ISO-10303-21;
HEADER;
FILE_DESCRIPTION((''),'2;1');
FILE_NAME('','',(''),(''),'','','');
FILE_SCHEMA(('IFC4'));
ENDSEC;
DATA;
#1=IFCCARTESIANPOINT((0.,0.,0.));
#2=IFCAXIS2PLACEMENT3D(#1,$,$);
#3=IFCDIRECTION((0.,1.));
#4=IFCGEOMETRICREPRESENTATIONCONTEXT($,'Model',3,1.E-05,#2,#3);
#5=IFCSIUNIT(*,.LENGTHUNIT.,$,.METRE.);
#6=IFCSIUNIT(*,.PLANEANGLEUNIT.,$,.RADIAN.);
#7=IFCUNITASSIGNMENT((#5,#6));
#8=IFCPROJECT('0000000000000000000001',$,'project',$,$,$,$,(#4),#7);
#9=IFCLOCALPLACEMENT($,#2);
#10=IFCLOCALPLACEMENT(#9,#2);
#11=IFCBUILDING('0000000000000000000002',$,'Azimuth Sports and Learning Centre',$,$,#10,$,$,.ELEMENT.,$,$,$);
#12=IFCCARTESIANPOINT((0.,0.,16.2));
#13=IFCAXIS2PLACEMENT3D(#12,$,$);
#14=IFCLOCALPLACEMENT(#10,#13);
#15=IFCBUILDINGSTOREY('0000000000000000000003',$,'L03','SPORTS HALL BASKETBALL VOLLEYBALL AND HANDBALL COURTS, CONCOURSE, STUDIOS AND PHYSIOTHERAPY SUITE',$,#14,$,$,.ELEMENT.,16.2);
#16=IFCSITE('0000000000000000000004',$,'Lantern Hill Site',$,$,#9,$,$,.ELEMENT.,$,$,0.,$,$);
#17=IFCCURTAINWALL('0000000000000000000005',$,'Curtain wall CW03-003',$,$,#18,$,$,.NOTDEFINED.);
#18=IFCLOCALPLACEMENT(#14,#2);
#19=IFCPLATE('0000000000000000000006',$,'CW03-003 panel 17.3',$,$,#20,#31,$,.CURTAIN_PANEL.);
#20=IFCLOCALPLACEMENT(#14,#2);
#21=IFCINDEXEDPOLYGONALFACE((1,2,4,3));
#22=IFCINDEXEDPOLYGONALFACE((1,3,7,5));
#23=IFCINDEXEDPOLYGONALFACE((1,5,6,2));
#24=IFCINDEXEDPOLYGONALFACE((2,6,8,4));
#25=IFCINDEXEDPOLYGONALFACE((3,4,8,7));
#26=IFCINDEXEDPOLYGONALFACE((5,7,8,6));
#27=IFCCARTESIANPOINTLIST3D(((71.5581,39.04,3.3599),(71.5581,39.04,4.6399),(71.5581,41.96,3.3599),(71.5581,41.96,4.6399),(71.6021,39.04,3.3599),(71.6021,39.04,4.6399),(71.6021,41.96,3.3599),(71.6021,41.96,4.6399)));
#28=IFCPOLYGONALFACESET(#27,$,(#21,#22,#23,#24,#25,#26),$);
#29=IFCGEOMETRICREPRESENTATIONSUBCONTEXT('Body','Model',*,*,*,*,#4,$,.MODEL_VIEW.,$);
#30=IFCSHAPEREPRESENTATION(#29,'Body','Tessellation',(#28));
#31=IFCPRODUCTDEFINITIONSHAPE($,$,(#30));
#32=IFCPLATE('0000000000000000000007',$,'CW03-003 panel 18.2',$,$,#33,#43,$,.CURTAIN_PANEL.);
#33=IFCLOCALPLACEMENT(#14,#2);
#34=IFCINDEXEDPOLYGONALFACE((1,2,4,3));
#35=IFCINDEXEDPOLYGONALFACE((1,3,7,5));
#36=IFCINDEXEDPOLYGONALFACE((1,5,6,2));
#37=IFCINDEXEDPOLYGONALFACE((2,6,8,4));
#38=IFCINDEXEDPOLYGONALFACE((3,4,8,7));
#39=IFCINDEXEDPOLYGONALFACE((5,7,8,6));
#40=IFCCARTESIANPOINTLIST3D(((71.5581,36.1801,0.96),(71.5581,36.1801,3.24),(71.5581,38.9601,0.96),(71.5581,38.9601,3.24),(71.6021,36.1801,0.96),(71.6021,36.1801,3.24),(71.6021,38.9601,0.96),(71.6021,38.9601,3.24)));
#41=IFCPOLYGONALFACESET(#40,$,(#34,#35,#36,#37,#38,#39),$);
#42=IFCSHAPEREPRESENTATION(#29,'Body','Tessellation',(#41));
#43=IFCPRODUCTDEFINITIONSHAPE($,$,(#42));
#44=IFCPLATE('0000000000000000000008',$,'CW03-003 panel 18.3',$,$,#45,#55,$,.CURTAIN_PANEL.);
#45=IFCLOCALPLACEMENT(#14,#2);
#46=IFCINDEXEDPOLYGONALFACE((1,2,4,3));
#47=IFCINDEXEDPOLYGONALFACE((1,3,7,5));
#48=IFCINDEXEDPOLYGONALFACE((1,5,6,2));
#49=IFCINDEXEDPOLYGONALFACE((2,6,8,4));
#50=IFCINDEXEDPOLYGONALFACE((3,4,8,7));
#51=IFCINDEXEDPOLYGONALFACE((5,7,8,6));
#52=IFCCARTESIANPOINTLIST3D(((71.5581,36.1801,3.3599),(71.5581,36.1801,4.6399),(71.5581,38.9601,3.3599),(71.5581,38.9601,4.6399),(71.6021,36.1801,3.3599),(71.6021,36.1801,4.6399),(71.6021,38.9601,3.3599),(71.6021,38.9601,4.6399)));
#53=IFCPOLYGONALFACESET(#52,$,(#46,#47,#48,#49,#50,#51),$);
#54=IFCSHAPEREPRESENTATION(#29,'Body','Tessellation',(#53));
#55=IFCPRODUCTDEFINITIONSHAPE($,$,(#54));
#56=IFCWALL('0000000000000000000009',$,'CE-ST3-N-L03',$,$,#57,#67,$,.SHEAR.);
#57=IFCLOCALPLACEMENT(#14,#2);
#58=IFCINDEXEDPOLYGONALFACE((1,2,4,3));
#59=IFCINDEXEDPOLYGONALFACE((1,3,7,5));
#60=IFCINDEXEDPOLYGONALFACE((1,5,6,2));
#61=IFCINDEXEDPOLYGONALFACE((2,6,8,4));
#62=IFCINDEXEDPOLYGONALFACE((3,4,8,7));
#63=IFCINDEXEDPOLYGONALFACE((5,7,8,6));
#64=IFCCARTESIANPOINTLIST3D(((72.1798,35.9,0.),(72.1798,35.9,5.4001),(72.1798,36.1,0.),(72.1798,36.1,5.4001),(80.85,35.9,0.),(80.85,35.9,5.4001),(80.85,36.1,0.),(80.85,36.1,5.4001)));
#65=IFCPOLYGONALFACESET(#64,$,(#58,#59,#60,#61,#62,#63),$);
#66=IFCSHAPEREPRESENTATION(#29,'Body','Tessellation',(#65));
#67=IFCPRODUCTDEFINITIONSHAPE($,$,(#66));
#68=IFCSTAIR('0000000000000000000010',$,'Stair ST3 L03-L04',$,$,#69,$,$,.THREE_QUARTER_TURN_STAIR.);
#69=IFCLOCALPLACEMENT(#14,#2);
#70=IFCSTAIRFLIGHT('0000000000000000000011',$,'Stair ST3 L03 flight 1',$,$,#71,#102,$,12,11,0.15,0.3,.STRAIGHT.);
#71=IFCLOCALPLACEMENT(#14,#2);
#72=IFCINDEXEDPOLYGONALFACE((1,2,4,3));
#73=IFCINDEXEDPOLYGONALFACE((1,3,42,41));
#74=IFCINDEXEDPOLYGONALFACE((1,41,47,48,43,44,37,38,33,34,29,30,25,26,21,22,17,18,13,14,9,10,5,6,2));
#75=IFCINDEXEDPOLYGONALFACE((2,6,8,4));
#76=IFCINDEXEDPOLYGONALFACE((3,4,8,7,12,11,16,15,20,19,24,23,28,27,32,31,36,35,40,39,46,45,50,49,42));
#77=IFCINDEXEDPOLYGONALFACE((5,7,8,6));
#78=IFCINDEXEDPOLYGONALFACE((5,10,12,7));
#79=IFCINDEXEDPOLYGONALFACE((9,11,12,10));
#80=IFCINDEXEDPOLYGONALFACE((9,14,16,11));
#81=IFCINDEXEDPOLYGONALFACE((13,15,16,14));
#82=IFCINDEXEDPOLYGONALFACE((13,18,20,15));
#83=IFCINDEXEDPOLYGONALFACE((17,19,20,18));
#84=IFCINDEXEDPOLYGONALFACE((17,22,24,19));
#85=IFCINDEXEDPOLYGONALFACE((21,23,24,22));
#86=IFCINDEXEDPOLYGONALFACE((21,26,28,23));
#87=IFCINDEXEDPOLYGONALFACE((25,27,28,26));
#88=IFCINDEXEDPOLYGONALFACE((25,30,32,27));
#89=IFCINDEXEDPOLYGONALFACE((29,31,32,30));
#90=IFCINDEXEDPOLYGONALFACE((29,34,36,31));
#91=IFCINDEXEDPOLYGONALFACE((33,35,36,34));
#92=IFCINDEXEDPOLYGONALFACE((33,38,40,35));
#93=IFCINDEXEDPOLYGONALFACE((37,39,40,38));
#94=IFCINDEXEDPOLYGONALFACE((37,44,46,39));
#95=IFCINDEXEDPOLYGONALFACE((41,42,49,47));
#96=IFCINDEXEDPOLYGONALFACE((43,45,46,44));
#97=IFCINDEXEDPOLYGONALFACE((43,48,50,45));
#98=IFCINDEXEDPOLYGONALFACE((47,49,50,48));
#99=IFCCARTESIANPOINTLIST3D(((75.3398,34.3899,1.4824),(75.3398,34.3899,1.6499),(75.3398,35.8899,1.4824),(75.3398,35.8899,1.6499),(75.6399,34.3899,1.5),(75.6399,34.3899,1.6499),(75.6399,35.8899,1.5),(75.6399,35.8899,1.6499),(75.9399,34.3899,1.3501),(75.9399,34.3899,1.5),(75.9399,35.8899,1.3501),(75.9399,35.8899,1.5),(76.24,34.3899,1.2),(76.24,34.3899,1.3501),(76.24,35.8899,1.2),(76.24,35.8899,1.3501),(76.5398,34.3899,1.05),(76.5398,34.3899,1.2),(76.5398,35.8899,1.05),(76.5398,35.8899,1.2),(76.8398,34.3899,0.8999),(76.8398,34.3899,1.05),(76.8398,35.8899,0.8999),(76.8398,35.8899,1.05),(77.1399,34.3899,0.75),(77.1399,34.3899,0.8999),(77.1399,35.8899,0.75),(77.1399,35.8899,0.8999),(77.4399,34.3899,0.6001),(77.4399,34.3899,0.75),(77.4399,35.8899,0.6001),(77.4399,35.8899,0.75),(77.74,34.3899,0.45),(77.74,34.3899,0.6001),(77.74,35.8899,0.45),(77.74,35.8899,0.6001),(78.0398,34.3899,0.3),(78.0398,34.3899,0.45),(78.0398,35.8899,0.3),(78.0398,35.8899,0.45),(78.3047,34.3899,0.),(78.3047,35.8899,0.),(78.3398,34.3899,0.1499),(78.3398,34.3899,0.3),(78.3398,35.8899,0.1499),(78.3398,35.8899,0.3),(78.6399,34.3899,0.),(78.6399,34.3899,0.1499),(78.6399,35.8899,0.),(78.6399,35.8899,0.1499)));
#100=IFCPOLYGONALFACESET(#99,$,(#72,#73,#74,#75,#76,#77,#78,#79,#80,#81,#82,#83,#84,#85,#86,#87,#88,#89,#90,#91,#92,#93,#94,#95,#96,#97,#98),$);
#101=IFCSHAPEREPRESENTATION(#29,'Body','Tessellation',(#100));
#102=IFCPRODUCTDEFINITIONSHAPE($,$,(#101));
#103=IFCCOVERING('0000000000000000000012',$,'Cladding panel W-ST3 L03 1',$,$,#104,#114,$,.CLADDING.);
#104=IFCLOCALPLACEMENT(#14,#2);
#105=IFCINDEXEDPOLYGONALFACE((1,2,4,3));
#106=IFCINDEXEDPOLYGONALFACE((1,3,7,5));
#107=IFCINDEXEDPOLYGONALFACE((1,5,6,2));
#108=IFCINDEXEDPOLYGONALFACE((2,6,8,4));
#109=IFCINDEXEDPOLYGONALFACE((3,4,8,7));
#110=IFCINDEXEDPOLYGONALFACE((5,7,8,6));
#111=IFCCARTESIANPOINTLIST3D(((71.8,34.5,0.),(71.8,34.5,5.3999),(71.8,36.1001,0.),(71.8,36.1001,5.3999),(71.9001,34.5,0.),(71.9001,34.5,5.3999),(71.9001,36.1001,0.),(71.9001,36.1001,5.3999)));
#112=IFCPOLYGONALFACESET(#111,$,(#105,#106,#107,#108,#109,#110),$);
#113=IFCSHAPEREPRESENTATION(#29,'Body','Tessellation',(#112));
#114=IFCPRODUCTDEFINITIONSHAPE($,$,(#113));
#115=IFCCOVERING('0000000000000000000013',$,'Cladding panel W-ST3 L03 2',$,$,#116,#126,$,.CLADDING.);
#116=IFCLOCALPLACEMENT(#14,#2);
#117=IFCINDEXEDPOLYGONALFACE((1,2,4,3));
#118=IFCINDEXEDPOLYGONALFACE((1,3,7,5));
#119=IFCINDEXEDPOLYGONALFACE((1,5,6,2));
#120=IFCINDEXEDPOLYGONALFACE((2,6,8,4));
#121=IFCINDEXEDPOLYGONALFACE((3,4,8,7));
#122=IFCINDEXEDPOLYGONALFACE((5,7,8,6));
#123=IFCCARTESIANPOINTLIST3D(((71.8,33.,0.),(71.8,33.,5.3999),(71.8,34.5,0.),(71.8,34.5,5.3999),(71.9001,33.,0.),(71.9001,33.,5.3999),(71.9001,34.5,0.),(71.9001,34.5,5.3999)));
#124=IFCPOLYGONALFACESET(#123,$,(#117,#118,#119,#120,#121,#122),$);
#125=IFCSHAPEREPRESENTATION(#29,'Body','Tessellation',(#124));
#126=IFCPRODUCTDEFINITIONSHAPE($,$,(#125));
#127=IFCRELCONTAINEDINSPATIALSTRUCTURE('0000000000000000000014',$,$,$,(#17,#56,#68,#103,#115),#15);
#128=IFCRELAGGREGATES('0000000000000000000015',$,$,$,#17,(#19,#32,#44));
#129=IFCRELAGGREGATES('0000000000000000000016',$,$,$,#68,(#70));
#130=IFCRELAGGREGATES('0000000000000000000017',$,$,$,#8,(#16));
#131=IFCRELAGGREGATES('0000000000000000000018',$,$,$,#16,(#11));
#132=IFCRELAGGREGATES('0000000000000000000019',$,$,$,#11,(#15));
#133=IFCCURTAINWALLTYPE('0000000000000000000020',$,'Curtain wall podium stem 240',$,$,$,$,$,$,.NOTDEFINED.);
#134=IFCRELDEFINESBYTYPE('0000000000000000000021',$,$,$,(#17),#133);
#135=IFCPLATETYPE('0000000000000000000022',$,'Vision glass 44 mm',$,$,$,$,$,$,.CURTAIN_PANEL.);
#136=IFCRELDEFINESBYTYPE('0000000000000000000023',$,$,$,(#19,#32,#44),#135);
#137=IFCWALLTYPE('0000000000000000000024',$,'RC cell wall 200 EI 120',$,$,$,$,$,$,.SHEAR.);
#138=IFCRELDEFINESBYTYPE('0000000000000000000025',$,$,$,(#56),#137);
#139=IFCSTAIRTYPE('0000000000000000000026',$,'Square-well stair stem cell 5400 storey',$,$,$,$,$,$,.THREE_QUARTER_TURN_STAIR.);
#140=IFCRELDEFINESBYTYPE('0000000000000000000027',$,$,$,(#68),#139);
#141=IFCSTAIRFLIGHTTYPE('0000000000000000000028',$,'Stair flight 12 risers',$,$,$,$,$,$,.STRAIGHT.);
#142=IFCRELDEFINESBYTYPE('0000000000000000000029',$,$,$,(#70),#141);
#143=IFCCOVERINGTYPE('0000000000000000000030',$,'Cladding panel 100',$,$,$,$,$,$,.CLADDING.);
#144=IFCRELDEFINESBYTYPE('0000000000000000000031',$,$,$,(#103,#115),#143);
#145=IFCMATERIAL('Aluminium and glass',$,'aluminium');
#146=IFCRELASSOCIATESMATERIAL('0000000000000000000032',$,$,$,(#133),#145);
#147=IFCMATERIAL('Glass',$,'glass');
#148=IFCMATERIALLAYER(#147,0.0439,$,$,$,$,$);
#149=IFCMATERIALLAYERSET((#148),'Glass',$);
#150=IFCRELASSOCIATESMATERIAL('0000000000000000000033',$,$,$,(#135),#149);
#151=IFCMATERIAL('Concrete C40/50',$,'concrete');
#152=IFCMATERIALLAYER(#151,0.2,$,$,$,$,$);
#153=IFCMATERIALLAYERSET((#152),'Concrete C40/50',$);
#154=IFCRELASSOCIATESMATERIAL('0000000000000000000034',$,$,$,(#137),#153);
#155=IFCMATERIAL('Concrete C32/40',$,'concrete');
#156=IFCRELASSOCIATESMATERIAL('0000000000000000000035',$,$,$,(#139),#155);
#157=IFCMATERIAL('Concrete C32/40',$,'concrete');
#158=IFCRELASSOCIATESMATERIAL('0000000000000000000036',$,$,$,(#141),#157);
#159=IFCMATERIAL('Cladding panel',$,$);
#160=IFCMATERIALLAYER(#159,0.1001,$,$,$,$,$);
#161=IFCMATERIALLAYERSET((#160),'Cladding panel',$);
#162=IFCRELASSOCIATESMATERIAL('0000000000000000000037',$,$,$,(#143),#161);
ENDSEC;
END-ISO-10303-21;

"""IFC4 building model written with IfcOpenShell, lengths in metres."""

from ifc_helpers import new_model, si_unit, direction, frame, frame_2d, origin, origin_2d, place, context, subcontext, project, spatial, polyline, rectangle, outline, extrude, material, layer, layer_set, type_object, element, aggregate, save


model = new_model("IFC4")

# Units and contexts
model_context = context("Model", 3, precision=1e-05, world=origin(), true_north=direction((0.0, 1.0)))
body_context = subcontext(model_context, "Body", "Model", "MODEL_VIEW")
ifc_project = project(units=[si_unit("LENGTHUNIT", "METRE"), si_unit("PLANEANGLEUNIT", "RADIAN")], contexts=[model_context])

# Site, building, storey
site_placement = place(None, origin())
site = spatial("IfcSite", under=ifc_project, at=site_placement, Name="Lantern Hill Site", CompositionType="ELEMENT", RefElevation=0.0)
building_placement = place(site_placement, origin())
building = spatial("IfcBuilding", under=site, at=building_placement, Name="Azimuth Sports and Learning Centre", CompositionType="ELEMENT")
storey_placement = place(building_placement, frame((0.0, 0.0, 16.2)))
storey = spatial("IfcBuildingStorey", under=building, at=storey_placement, Name="L03", Description="SPORTS HALL BASKETBALL VOLLEYBALL AND HANDBALL COURTS, CONCOURSE, STUDIOS AND PHYSIOTHERAPY SUITE", CompositionType="ELEMENT", Elevation=16.2)

# Curtain wall, plates
ifc_material_1 = material(Name="Aluminium and glass", Category="aluminium")
curtain_wall_type = type_object("IfcCurtainWallType", Name="Curtain wall podium stem 240", PredefinedType="NOTDEFINED", material=ifc_material_1)
curtain_wall_placement = place(storey_placement, origin())
curtain_wall = element("IfcCurtainWall", 1, at=curtain_wall_placement, inside=storey, type_object=curtain_wall_type, Name="Curtain wall CW03-003", PredefinedType="NOTDEFINED")
ifc_material_2 = material(Name="Glass", Category="glass")
ifc_layer_1 = layer(ifc_material_2, 0.0439)
ifc_layer_set_1 = layer_set([ifc_layer_1], Name="Glass")
plate_type_1 = type_object("IfcPlateType", Name="Vision glass 44 mm", PredefinedType="CURTAIN_PANEL", material=ifc_layer_set_1)
plate_1_placement = place(storey_placement, frame((71.5801, 40.5, 3.3599), z_axis=(0.0, 0.0, 1.0), x_axis=(0.0, -1.0, 0.0)))
plate_1 = element("IfcPlate", 2, at=plate_1_placement, type_object=plate_type_1, Name="CW03-003 panel 17.3", PredefinedType="CURTAIN_PANEL", context=body_context, shape_type="SweptSolid", body=[
    extrude(rectangle(XDim=2.9199, YDim=0.0439, at=origin_2d()), origin(), (0.0, 0.0, 1.0), 1.28),
])
plate_2_placement = place(storey_placement, frame((71.5801, 37.5701, 0.96), z_axis=(0.0, 0.0, 1.0), x_axis=(0.0, -1.0, 0.0)))
plate_2 = element("IfcPlate", 3, at=plate_2_placement, type_object=plate_type_1, Name="CW03-003 panel 18.2", PredefinedType="CURTAIN_PANEL", context=body_context, shape_type="SweptSolid", body=[
    extrude(rectangle(XDim=2.78, YDim=0.0439, at=origin_2d()), origin(), (0.0, 0.0, 1.0), 2.28),
])
plate_3_placement = place(storey_placement, frame((71.5801, 37.5701, 3.3599), z_axis=(0.0, 0.0, 1.0), x_axis=(0.0, -1.0, 0.0)))
plate_3 = element("IfcPlate", 4, at=plate_3_placement, type_object=plate_type_1, Name="CW03-003 panel 18.3", PredefinedType="CURTAIN_PANEL", context=body_context, shape_type="SweptSolid", body=[
    extrude(rectangle(XDim=2.78, YDim=0.0439, at=origin_2d()), origin(), (0.0, 0.0, 1.0), 1.28),
])
aggregate(curtain_wall, [plate_1, plate_2, plate_3])

# Wall
ifc_material_3 = material(Name="Concrete C40/50", Category="concrete")
ifc_layer_2 = layer(ifc_material_3, 0.2)
ifc_layer_set_2 = layer_set([ifc_layer_2], Name="Concrete C40/50")
wall_type = type_object("IfcWallType", Name="RC cell wall 200 EI 120", PredefinedType="SHEAR", material=ifc_layer_set_2)
wall_placement = place(storey_placement, frame((72.1799, 36.0, 0.0), z_axis=(0.0, 0.0, 1.0), x_axis=(1.0, 0.0, 0.0)))
element("IfcWall", 5, at=wall_placement, inside=storey, type_object=wall_type, Name="CE-ST3-N-L03", PredefinedType="SHEAR", context=body_context, shape_type="SweptSolid", body=[
    extrude(rectangle(XDim=8.6702, YDim=0.2, at=frame_2d((4.335, 0.0))), origin(), (0.0, 0.0, 1.0), 5.4001),
])

# Stair, stair flight
ifc_material_4 = material(Name="Concrete C32/40", Category="concrete")
stair_type = type_object("IfcStairType", Name="Square-well stair stem cell 5400 storey", PredefinedType="THREE_QUARTER_TURN_STAIR", material=ifc_material_4)
stair_placement = place(storey_placement, origin())
stair = element("IfcStair", 6, at=stair_placement, inside=storey, type_object=stair_type, Name="Stair ST3 L03-L04", PredefinedType="THREE_QUARTER_TURN_STAIR")
ifc_material_5 = material(Name="Concrete C32/40", Category="concrete")
stair_flight_type = type_object("IfcStairFlightType", Name="Stair flight 12 risers", PredefinedType="STRAIGHT", material=ifc_material_5)
stair_flight_placement = place(storey_placement, frame((78.6399, 35.1399, 0.0), z_axis=(0.0, 0.0, 1.0), x_axis=(-1.0, 0.0, 0.0)))
stair_flight = element("IfcStairFlight", 7, at=stair_flight_placement, type_object=stair_flight_type, Name="Stair ST3 L03 flight 1", NumberOfRisers=12, NumberOfTreads=11, PredefinedType="STRAIGHT", RiserHeight=0.15, TreadLength=0.3, context=body_context, shape_type="SweptSolid", body=[
    extrude(outline(polyline([(0.0, 0.0), (0.0, 0.1499), (0.3, 0.1499), (0.3, 0.3), (0.6001, 0.3), (0.6001, 0.45), (0.8999, 0.45), (0.8999, 0.6001), (1.2, 0.6001), (1.2, 0.75), (1.5, 0.75), (1.5, 0.8999), (1.8, 0.8999), (1.8, 1.05), (2.1001, 1.05), (2.1001, 1.2), (2.3999, 1.2), (2.3999, 1.3501), (2.7, 1.3501), (2.7, 1.5), (3.0, 1.5), (3.0, 1.6499), (3.3, 1.6499), (3.3, 1.8), (3.3, 1.4824), (0.3352, 0.0), (0.0, 0.0)])), frame((0.0, 0.75, 0.0), z_axis=(0.0, -1.0, 0.0), x_axis=(1.0, 0.0, 0.0)), (0.0, 0.0, 1.0), 1.5),
])
aggregate(stair, [stair_flight])

# Coverings
ifc_material_6 = material(Name="Cladding panel")
ifc_layer_3 = layer(ifc_material_6, 0.1001)
ifc_layer_set_3 = layer_set([ifc_layer_3], Name="Cladding panel")
covering_type = type_object("IfcCoveringType", Name="Cladding panel 100", PredefinedType="CLADDING", material=ifc_layer_set_3)
covering_1_placement = place(storey_placement, frame((71.8501, 35.3, 0.0), z_axis=(0.0, 0.0, 1.0), x_axis=(0.0, -1.0, 0.0)))
element("IfcCovering", 8, at=covering_1_placement, inside=storey, type_object=covering_type, Name="Cladding panel W-ST3 L03 1", PredefinedType="CLADDING", context=body_context, shape_type="SweptSolid", body=[
    extrude(rectangle(XDim=1.6001, YDim=0.1001, at=origin_2d()), origin(), (0.0, 0.0, 1.0), 5.3999),
])
covering_2_placement = place(storey_placement, frame((71.8501, 33.75, 0.0), z_axis=(0.0, 0.0, 1.0), x_axis=(0.0, -1.0, 0.0)))
element("IfcCovering", 9, at=covering_2_placement, inside=storey, type_object=covering_type, Name="Cladding panel W-ST3 L03 2", PredefinedType="CLADDING", context=body_context, shape_type="SweptSolid", body=[
    extrude(rectangle(XDim=1.5, YDim=0.1001, at=origin_2d()), origin(), (0.0, 0.0, 1.0), 5.3999),
])

save(model, "model.ifc")
